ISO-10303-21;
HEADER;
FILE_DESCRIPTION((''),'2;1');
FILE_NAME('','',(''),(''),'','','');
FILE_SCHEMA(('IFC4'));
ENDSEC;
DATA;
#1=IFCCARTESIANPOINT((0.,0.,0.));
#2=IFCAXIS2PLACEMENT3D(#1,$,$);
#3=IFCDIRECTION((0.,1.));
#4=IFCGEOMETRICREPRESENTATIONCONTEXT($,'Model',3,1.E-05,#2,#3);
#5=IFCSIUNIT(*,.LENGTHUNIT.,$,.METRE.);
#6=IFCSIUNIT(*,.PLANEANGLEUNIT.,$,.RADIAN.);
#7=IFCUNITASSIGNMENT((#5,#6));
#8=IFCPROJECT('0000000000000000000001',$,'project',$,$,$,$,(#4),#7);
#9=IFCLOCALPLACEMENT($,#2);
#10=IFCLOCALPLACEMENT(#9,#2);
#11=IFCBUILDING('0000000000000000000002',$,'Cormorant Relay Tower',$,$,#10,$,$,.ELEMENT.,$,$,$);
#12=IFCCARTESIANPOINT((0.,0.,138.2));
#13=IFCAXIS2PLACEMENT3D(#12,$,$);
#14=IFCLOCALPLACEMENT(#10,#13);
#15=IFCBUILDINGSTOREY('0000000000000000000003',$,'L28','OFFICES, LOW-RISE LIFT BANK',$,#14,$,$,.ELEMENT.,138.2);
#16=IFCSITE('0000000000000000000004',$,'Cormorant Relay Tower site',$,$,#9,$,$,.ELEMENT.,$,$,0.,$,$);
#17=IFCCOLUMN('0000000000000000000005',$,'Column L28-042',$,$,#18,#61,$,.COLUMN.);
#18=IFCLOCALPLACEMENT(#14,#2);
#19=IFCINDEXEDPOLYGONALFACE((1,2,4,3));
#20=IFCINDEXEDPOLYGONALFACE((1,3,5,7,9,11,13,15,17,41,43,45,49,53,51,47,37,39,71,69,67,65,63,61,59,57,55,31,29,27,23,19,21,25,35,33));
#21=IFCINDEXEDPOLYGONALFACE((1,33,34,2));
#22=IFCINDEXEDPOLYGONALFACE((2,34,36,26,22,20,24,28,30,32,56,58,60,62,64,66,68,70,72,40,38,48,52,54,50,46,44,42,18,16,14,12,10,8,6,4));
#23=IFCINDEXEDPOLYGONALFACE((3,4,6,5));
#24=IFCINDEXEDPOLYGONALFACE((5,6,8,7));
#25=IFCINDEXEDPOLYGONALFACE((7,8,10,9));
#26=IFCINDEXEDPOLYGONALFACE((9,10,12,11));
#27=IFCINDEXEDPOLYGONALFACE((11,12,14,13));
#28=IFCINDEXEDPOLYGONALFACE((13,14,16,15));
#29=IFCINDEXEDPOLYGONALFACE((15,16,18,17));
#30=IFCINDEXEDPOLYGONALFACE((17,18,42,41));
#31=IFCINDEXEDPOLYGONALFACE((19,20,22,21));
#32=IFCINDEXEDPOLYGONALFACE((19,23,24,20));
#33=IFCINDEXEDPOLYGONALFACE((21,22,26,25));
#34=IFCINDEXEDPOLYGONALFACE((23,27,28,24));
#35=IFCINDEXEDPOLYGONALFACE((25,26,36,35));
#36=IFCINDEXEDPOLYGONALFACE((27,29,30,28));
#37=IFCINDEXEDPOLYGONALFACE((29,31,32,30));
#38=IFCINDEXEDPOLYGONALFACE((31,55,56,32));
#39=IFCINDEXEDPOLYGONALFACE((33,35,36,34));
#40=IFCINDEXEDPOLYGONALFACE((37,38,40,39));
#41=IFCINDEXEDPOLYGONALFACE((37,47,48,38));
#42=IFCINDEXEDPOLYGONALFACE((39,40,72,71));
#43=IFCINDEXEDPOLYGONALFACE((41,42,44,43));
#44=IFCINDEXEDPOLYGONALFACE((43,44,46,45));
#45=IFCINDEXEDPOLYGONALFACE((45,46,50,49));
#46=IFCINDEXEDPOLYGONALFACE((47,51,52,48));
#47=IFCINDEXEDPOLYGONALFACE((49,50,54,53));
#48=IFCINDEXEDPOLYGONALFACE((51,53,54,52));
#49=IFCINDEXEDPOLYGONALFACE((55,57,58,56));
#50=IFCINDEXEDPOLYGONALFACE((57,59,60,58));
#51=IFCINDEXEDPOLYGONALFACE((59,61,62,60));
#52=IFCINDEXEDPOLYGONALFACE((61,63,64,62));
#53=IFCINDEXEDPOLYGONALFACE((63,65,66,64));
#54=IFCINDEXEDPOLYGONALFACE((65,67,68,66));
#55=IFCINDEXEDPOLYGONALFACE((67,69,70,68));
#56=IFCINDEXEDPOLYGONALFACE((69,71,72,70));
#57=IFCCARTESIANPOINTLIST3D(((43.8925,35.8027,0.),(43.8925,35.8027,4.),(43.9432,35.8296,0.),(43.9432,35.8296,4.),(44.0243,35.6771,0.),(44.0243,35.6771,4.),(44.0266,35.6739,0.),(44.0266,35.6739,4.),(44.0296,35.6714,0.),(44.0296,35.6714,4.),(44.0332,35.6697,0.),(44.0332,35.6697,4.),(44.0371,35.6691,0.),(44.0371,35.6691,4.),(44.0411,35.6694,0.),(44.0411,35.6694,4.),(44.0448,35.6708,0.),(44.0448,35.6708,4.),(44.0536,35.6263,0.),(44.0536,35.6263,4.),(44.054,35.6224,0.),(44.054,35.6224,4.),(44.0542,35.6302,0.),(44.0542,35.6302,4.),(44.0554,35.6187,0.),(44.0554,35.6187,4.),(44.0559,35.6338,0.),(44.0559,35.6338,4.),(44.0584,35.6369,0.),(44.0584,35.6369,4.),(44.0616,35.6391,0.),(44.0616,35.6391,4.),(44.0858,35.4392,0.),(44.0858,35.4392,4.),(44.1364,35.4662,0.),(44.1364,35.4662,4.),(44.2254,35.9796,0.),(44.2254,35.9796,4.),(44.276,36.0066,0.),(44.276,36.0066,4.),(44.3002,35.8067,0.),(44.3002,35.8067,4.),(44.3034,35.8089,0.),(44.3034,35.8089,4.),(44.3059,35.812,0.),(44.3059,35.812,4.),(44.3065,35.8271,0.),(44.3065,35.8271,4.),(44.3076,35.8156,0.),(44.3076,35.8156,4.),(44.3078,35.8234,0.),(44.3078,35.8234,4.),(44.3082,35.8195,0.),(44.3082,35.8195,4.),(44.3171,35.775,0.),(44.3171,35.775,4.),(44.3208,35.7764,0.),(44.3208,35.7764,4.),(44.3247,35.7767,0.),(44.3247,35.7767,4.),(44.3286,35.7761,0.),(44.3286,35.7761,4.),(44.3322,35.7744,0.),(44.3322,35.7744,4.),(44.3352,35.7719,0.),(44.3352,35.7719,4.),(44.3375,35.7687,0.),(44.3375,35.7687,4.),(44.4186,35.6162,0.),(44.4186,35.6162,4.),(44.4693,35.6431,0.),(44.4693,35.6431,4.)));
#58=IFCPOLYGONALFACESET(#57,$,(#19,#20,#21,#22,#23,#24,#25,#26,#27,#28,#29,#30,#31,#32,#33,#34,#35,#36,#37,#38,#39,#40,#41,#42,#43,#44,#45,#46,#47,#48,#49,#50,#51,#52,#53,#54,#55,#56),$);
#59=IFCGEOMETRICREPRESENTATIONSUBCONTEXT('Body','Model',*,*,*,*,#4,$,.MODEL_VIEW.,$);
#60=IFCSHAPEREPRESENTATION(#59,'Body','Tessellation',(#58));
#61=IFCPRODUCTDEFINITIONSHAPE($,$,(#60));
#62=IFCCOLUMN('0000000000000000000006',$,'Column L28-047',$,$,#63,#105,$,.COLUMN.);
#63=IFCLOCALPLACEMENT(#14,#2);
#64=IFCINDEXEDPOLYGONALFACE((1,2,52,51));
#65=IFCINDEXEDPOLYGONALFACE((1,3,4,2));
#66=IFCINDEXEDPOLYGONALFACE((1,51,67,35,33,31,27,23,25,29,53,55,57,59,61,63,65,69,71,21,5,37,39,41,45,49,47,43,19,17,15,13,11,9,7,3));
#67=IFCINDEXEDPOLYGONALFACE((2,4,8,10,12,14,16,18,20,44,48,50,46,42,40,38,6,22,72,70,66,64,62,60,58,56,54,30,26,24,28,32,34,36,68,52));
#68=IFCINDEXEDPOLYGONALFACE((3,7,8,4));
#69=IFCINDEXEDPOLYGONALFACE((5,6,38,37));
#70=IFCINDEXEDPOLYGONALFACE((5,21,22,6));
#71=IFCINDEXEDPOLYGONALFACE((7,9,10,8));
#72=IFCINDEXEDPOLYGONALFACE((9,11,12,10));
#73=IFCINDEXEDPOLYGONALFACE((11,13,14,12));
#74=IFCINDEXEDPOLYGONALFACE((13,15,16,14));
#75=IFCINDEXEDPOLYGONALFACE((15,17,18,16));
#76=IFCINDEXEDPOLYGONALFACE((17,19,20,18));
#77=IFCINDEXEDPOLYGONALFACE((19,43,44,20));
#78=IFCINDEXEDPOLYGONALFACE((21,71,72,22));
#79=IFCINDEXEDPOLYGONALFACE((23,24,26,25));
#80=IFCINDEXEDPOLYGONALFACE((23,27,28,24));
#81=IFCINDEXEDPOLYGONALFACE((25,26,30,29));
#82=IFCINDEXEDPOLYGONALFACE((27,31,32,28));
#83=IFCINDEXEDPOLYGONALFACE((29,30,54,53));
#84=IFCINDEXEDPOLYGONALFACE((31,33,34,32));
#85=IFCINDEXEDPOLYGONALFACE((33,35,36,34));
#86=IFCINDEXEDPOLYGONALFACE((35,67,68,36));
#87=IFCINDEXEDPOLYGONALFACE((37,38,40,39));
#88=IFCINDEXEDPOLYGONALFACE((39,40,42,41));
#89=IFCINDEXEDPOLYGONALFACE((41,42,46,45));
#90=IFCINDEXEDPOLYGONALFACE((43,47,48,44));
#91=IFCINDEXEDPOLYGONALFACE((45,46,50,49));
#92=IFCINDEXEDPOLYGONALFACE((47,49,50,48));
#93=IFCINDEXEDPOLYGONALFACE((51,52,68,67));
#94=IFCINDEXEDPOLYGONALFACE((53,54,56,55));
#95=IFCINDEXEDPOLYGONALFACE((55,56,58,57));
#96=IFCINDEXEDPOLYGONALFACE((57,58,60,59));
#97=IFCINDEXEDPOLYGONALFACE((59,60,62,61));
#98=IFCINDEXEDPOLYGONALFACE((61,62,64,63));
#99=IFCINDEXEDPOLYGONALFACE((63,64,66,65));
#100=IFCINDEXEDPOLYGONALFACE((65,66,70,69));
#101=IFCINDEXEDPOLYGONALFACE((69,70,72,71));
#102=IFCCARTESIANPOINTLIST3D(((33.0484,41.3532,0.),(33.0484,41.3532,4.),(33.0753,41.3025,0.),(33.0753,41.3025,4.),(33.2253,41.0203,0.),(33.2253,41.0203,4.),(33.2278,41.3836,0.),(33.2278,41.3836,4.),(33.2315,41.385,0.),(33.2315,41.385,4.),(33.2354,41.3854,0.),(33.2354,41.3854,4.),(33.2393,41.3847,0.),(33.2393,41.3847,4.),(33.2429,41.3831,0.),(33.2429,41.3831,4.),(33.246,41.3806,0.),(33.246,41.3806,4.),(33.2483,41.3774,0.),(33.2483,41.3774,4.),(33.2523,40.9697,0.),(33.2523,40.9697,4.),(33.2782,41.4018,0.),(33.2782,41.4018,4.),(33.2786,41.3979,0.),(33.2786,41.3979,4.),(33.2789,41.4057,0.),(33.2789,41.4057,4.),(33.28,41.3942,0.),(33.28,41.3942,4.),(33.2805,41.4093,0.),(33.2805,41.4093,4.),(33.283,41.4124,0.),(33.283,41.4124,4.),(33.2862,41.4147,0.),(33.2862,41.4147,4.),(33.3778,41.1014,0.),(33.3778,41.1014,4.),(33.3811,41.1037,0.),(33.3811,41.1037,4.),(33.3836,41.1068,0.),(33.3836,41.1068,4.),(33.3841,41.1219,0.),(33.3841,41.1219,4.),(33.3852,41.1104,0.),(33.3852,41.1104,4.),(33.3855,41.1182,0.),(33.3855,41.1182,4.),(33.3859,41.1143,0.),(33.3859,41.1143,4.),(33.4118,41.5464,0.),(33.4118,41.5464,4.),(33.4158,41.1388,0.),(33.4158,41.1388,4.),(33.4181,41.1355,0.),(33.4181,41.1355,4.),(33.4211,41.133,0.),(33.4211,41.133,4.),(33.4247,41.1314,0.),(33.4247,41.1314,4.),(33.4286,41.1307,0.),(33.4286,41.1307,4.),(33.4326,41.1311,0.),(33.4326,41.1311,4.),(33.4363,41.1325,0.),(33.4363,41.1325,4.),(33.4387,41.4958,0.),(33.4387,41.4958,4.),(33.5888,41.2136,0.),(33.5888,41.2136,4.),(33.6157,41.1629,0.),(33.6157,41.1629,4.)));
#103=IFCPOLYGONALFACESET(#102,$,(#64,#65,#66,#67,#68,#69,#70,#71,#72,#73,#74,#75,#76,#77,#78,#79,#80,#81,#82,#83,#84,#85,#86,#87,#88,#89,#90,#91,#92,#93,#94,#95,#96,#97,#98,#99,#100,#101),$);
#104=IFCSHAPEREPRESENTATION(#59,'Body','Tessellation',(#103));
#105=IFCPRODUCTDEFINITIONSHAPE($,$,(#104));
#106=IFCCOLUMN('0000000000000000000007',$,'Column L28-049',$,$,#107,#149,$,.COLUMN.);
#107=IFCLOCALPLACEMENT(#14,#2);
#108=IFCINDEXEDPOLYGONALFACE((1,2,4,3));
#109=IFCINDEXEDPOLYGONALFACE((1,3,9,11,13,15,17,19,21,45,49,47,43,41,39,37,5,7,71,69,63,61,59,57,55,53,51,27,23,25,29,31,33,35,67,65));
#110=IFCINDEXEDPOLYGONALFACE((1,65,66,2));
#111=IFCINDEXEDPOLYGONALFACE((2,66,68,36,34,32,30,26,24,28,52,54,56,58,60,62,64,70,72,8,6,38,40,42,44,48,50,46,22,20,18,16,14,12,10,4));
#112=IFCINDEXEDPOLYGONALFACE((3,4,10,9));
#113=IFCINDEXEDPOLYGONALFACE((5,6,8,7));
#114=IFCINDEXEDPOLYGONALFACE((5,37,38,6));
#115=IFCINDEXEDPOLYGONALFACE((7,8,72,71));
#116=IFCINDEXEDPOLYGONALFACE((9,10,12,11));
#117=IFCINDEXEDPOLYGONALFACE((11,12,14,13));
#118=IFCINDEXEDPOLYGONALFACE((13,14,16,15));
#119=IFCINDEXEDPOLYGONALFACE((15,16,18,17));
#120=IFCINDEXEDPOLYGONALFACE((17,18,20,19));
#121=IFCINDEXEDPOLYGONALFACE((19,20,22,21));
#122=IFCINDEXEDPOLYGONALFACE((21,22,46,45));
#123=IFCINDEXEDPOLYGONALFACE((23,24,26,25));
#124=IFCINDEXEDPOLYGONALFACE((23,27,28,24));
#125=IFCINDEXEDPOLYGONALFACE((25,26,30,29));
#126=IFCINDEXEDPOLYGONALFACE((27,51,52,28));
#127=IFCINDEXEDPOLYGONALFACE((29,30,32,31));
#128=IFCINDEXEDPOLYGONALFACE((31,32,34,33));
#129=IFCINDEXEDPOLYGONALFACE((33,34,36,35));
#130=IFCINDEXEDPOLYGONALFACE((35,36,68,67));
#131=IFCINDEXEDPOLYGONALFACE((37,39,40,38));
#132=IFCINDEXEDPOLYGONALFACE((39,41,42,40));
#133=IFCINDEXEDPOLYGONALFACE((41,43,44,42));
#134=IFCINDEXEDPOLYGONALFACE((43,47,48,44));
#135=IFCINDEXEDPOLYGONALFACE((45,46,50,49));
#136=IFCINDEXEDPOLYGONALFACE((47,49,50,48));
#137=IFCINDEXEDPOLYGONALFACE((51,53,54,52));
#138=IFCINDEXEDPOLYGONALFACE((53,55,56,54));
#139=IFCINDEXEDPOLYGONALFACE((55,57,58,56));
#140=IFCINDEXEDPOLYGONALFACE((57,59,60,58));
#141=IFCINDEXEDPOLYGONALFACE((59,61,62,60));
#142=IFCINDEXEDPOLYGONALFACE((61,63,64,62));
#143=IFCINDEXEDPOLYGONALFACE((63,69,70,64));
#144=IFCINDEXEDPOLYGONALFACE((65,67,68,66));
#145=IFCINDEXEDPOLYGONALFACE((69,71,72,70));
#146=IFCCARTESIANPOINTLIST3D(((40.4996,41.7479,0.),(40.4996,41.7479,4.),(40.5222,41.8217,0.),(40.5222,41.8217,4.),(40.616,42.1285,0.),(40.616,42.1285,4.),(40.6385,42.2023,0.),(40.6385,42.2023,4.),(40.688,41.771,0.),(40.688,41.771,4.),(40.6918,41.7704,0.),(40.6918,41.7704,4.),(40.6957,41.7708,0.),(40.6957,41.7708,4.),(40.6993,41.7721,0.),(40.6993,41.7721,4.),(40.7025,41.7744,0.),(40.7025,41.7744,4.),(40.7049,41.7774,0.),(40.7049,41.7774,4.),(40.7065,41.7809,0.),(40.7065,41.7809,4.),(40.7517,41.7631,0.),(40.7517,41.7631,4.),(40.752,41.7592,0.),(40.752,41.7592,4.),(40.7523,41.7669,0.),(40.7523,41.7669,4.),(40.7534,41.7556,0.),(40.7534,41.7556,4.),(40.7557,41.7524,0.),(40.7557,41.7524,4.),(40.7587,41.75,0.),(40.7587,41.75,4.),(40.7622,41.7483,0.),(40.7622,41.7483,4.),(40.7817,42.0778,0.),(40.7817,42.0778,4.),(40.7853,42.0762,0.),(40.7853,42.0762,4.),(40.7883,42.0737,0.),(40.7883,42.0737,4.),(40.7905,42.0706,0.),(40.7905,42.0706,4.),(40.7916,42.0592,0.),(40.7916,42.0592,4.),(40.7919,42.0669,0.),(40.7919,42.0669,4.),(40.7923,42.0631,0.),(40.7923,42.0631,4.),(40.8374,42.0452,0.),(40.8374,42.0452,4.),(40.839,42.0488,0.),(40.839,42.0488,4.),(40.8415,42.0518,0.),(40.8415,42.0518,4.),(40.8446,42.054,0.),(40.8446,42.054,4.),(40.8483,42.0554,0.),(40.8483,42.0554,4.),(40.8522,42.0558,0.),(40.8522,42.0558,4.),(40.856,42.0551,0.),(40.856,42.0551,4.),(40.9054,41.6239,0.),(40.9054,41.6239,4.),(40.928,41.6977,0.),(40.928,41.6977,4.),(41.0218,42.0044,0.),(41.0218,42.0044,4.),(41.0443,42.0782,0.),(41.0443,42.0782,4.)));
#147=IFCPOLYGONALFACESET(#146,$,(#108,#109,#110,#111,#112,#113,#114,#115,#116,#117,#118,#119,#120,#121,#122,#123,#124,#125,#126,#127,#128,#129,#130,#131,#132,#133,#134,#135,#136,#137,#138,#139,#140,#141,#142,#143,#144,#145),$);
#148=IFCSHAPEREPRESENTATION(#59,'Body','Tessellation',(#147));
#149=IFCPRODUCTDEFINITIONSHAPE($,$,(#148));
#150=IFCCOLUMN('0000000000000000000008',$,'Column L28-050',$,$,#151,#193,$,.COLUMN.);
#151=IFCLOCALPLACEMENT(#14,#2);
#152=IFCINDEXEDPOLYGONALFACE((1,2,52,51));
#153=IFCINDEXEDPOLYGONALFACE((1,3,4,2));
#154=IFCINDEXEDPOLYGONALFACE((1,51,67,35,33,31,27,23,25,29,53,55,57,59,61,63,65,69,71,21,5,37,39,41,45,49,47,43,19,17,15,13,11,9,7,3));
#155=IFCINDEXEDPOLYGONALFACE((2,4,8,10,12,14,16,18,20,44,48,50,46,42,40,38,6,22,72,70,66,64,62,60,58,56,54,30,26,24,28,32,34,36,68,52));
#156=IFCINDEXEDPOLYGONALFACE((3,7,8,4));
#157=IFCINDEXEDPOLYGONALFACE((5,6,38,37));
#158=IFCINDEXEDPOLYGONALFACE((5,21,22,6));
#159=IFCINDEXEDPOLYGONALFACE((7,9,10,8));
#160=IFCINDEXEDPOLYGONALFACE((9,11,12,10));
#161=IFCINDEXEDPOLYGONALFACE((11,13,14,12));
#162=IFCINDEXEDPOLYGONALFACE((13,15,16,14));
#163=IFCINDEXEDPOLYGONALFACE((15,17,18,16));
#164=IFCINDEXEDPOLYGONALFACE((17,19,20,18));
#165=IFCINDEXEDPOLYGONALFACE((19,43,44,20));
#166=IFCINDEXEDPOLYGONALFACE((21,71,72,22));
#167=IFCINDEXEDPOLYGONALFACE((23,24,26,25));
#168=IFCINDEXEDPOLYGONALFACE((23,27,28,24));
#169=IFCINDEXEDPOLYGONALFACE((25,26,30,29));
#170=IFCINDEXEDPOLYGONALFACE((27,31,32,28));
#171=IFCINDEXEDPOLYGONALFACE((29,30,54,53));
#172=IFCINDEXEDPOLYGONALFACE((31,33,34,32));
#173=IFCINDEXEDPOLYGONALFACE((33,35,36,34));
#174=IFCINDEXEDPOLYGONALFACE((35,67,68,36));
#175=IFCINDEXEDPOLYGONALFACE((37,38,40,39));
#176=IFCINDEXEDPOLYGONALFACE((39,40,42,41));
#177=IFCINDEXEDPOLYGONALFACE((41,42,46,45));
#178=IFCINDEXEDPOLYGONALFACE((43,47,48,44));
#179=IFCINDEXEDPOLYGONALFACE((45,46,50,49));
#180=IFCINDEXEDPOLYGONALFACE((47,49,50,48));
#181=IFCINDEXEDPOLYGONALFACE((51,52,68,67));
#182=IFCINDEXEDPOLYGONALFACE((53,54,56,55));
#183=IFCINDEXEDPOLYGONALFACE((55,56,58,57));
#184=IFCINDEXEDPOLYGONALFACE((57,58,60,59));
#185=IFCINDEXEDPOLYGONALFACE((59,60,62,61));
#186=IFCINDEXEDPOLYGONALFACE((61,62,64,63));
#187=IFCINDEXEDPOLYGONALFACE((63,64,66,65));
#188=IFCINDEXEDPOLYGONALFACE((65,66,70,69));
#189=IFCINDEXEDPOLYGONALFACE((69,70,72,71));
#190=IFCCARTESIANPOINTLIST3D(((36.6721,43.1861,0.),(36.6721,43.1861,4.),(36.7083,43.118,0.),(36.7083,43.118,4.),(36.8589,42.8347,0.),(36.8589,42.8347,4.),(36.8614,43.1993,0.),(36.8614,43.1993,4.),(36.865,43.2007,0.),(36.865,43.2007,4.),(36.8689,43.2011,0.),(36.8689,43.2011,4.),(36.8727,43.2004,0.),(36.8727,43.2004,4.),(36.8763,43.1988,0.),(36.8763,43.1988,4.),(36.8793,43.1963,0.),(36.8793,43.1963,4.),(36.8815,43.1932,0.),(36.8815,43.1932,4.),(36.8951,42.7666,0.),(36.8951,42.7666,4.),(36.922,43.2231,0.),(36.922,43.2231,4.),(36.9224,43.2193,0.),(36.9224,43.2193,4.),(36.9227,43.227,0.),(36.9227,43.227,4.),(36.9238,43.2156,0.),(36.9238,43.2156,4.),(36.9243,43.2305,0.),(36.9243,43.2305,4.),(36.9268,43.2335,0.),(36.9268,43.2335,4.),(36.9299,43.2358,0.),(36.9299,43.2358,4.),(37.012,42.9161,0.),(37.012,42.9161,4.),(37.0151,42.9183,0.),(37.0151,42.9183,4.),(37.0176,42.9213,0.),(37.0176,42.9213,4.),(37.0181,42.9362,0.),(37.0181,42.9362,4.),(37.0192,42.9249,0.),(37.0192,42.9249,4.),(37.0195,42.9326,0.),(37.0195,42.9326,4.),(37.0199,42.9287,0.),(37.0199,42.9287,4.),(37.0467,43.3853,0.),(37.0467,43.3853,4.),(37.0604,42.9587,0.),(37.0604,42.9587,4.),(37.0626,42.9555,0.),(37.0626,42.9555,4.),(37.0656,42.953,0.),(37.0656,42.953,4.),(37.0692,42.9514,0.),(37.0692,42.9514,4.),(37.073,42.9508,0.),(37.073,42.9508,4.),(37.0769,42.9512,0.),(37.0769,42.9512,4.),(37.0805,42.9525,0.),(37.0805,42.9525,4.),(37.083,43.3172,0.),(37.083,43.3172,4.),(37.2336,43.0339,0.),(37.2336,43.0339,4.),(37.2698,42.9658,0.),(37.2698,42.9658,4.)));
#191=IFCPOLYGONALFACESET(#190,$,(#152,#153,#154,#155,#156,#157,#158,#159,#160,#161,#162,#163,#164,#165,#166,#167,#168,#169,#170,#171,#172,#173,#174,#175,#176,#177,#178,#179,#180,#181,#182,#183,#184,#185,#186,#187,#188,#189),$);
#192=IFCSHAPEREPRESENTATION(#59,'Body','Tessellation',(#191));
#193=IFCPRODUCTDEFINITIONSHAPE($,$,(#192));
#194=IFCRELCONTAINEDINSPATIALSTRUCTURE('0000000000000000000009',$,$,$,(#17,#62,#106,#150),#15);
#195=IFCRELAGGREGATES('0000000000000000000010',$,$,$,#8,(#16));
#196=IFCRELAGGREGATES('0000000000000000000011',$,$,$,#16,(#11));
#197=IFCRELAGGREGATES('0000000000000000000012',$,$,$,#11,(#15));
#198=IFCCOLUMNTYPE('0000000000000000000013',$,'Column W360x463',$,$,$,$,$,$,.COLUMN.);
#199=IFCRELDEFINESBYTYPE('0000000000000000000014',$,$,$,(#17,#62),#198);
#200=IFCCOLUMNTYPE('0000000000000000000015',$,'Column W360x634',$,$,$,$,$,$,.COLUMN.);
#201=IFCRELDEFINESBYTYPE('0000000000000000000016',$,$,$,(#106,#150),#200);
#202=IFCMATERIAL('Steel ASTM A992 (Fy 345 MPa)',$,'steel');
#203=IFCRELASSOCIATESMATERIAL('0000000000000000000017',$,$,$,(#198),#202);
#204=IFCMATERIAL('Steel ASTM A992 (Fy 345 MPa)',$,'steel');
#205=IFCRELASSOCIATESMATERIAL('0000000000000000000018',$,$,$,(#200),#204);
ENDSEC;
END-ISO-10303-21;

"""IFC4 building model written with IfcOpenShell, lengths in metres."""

from ifc_helpers import new_model, si_unit, direction, frame, origin, origin_2d, place, context, subcontext, project, spatial, i_section, extrude, material, material_profile, profile_set, type_object, element, save


model = new_model("IFC4")

# Units and contexts
model_context = context("Model", 3, precision=1e-05, world=origin(), true_north=direction((0.0, 1.0)))
body_context = subcontext(model_context, "Body", "Model", "MODEL_VIEW")
ifc_project = project(units=[si_unit("LENGTHUNIT", "METRE"), si_unit("PLANEANGLEUNIT", "RADIAN")], contexts=[model_context])

# Site, building, storey
site_placement = place(None, origin())
site = spatial("IfcSite", under=ifc_project, at=site_placement, Name="Cormorant Relay Tower site", CompositionType="ELEMENT", RefElevation=0.0)
building_placement = place(site_placement, origin())
building = spatial("IfcBuilding", under=site, at=building_placement, Name="Cormorant Relay Tower", CompositionType="ELEMENT")
storey_placement = place(building_placement, frame((0.0, 0.0, 138.2)))
storey = spatial("IfcBuildingStorey", under=building, at=storey_placement, Name="L28", Description="OFFICES, LOW-RISE LIFT BANK", CompositionType="ELEMENT", Elevation=138.2)

# Columns
ifc_material_1 = material(Name="Steel ASTM A992 (Fy 345 MPa)", Category="steel")
ifc_material_profile_1 = material_profile(ifc_material_1, i_section(OverallWidth=0.4116, OverallDepth=0.4343, WebThickness=0.0359, FlangeThickness=0.0574, FilletRadius=0.0151, at=origin_2d()), Name="W360x463")
ifc_profile_set_1 = profile_set([ifc_material_profile_1], Name="Steel ASTM A992 (Fy 345 MPa)")
column_type_1 = type_object("IfcColumnType", Name="Column W360x463", PredefinedType="COLUMN", material=ifc_profile_set_1)
for number, where, z_axis, x_axis, name in (
    (1, (44.1809, 35.7229, 0.0), (0.0, 0.0, 1.0), (-0.469472, 0.882948, 0.0), "Column L28-042"),
    (2, (33.332, 41.2581, 0.0), (0.0, 0.0, 1.0), (-0.882948, -0.469472, 0.0), "Column L28-047"),
):
    element("IfcColumn", number, at=place(storey_placement, frame(where, z_axis=z_axis, x_axis=x_axis)), inside=storey, type_object=column_type_1, Name=name, PredefinedType="COLUMN", context=body_context, shape_type="SweptSolid", body=[
        extrude(i_section(OverallWidth=0.4116, OverallDepth=0.4343, WebThickness=0.0359, FlangeThickness=0.0574, FilletRadius=0.0151, at=origin_2d()), origin(), (0.0, 0.0, 1.0), 4.0),
    ])
ifc_material_2 = material(Name="Steel ASTM A992 (Fy 345 MPa)", Category="steel")
ifc_material_profile_2 = material_profile(ifc_material_2, i_section(OverallWidth=0.4243, OverallDepth=0.4751, WebThickness=0.0479, FlangeThickness=0.0771, FilletRadius=0.0149, at=origin_2d()), Name="W360x634")
ifc_profile_set_2 = profile_set([ifc_material_profile_2], Name="Steel ASTM A992 (Fy 345 MPa)")
column_type_2 = type_object("IfcColumnType", Name="Column W360x634", PredefinedType="COLUMN", material=ifc_profile_set_2)
for number, where, z_axis, x_axis, name in (
    (3, (40.772, 41.9131, 0.0), (0.0, 0.0, 1.0), (-0.956305, 0.292372, 0.0), "Column L28-049"),
    (4, (36.9709, 43.0759, 0.0), (0.0, 0.0, 1.0), (-0.882948, -0.469472, 0.0), "Column L28-050"),
):
    element("IfcColumn", number, at=place(storey_placement, frame(where, z_axis=z_axis, x_axis=x_axis)), inside=storey, type_object=column_type_2, Name=name, PredefinedType="COLUMN", context=body_context, shape_type="SweptSolid", body=[
        extrude(i_section(OverallWidth=0.4243, OverallDepth=0.4751, WebThickness=0.0479, FlangeThickness=0.0771, FilletRadius=0.0149, at=origin_2d()), origin(), (0.0, 0.0, 1.0), 4.0),
    ])

save(model, "model.ifc")
